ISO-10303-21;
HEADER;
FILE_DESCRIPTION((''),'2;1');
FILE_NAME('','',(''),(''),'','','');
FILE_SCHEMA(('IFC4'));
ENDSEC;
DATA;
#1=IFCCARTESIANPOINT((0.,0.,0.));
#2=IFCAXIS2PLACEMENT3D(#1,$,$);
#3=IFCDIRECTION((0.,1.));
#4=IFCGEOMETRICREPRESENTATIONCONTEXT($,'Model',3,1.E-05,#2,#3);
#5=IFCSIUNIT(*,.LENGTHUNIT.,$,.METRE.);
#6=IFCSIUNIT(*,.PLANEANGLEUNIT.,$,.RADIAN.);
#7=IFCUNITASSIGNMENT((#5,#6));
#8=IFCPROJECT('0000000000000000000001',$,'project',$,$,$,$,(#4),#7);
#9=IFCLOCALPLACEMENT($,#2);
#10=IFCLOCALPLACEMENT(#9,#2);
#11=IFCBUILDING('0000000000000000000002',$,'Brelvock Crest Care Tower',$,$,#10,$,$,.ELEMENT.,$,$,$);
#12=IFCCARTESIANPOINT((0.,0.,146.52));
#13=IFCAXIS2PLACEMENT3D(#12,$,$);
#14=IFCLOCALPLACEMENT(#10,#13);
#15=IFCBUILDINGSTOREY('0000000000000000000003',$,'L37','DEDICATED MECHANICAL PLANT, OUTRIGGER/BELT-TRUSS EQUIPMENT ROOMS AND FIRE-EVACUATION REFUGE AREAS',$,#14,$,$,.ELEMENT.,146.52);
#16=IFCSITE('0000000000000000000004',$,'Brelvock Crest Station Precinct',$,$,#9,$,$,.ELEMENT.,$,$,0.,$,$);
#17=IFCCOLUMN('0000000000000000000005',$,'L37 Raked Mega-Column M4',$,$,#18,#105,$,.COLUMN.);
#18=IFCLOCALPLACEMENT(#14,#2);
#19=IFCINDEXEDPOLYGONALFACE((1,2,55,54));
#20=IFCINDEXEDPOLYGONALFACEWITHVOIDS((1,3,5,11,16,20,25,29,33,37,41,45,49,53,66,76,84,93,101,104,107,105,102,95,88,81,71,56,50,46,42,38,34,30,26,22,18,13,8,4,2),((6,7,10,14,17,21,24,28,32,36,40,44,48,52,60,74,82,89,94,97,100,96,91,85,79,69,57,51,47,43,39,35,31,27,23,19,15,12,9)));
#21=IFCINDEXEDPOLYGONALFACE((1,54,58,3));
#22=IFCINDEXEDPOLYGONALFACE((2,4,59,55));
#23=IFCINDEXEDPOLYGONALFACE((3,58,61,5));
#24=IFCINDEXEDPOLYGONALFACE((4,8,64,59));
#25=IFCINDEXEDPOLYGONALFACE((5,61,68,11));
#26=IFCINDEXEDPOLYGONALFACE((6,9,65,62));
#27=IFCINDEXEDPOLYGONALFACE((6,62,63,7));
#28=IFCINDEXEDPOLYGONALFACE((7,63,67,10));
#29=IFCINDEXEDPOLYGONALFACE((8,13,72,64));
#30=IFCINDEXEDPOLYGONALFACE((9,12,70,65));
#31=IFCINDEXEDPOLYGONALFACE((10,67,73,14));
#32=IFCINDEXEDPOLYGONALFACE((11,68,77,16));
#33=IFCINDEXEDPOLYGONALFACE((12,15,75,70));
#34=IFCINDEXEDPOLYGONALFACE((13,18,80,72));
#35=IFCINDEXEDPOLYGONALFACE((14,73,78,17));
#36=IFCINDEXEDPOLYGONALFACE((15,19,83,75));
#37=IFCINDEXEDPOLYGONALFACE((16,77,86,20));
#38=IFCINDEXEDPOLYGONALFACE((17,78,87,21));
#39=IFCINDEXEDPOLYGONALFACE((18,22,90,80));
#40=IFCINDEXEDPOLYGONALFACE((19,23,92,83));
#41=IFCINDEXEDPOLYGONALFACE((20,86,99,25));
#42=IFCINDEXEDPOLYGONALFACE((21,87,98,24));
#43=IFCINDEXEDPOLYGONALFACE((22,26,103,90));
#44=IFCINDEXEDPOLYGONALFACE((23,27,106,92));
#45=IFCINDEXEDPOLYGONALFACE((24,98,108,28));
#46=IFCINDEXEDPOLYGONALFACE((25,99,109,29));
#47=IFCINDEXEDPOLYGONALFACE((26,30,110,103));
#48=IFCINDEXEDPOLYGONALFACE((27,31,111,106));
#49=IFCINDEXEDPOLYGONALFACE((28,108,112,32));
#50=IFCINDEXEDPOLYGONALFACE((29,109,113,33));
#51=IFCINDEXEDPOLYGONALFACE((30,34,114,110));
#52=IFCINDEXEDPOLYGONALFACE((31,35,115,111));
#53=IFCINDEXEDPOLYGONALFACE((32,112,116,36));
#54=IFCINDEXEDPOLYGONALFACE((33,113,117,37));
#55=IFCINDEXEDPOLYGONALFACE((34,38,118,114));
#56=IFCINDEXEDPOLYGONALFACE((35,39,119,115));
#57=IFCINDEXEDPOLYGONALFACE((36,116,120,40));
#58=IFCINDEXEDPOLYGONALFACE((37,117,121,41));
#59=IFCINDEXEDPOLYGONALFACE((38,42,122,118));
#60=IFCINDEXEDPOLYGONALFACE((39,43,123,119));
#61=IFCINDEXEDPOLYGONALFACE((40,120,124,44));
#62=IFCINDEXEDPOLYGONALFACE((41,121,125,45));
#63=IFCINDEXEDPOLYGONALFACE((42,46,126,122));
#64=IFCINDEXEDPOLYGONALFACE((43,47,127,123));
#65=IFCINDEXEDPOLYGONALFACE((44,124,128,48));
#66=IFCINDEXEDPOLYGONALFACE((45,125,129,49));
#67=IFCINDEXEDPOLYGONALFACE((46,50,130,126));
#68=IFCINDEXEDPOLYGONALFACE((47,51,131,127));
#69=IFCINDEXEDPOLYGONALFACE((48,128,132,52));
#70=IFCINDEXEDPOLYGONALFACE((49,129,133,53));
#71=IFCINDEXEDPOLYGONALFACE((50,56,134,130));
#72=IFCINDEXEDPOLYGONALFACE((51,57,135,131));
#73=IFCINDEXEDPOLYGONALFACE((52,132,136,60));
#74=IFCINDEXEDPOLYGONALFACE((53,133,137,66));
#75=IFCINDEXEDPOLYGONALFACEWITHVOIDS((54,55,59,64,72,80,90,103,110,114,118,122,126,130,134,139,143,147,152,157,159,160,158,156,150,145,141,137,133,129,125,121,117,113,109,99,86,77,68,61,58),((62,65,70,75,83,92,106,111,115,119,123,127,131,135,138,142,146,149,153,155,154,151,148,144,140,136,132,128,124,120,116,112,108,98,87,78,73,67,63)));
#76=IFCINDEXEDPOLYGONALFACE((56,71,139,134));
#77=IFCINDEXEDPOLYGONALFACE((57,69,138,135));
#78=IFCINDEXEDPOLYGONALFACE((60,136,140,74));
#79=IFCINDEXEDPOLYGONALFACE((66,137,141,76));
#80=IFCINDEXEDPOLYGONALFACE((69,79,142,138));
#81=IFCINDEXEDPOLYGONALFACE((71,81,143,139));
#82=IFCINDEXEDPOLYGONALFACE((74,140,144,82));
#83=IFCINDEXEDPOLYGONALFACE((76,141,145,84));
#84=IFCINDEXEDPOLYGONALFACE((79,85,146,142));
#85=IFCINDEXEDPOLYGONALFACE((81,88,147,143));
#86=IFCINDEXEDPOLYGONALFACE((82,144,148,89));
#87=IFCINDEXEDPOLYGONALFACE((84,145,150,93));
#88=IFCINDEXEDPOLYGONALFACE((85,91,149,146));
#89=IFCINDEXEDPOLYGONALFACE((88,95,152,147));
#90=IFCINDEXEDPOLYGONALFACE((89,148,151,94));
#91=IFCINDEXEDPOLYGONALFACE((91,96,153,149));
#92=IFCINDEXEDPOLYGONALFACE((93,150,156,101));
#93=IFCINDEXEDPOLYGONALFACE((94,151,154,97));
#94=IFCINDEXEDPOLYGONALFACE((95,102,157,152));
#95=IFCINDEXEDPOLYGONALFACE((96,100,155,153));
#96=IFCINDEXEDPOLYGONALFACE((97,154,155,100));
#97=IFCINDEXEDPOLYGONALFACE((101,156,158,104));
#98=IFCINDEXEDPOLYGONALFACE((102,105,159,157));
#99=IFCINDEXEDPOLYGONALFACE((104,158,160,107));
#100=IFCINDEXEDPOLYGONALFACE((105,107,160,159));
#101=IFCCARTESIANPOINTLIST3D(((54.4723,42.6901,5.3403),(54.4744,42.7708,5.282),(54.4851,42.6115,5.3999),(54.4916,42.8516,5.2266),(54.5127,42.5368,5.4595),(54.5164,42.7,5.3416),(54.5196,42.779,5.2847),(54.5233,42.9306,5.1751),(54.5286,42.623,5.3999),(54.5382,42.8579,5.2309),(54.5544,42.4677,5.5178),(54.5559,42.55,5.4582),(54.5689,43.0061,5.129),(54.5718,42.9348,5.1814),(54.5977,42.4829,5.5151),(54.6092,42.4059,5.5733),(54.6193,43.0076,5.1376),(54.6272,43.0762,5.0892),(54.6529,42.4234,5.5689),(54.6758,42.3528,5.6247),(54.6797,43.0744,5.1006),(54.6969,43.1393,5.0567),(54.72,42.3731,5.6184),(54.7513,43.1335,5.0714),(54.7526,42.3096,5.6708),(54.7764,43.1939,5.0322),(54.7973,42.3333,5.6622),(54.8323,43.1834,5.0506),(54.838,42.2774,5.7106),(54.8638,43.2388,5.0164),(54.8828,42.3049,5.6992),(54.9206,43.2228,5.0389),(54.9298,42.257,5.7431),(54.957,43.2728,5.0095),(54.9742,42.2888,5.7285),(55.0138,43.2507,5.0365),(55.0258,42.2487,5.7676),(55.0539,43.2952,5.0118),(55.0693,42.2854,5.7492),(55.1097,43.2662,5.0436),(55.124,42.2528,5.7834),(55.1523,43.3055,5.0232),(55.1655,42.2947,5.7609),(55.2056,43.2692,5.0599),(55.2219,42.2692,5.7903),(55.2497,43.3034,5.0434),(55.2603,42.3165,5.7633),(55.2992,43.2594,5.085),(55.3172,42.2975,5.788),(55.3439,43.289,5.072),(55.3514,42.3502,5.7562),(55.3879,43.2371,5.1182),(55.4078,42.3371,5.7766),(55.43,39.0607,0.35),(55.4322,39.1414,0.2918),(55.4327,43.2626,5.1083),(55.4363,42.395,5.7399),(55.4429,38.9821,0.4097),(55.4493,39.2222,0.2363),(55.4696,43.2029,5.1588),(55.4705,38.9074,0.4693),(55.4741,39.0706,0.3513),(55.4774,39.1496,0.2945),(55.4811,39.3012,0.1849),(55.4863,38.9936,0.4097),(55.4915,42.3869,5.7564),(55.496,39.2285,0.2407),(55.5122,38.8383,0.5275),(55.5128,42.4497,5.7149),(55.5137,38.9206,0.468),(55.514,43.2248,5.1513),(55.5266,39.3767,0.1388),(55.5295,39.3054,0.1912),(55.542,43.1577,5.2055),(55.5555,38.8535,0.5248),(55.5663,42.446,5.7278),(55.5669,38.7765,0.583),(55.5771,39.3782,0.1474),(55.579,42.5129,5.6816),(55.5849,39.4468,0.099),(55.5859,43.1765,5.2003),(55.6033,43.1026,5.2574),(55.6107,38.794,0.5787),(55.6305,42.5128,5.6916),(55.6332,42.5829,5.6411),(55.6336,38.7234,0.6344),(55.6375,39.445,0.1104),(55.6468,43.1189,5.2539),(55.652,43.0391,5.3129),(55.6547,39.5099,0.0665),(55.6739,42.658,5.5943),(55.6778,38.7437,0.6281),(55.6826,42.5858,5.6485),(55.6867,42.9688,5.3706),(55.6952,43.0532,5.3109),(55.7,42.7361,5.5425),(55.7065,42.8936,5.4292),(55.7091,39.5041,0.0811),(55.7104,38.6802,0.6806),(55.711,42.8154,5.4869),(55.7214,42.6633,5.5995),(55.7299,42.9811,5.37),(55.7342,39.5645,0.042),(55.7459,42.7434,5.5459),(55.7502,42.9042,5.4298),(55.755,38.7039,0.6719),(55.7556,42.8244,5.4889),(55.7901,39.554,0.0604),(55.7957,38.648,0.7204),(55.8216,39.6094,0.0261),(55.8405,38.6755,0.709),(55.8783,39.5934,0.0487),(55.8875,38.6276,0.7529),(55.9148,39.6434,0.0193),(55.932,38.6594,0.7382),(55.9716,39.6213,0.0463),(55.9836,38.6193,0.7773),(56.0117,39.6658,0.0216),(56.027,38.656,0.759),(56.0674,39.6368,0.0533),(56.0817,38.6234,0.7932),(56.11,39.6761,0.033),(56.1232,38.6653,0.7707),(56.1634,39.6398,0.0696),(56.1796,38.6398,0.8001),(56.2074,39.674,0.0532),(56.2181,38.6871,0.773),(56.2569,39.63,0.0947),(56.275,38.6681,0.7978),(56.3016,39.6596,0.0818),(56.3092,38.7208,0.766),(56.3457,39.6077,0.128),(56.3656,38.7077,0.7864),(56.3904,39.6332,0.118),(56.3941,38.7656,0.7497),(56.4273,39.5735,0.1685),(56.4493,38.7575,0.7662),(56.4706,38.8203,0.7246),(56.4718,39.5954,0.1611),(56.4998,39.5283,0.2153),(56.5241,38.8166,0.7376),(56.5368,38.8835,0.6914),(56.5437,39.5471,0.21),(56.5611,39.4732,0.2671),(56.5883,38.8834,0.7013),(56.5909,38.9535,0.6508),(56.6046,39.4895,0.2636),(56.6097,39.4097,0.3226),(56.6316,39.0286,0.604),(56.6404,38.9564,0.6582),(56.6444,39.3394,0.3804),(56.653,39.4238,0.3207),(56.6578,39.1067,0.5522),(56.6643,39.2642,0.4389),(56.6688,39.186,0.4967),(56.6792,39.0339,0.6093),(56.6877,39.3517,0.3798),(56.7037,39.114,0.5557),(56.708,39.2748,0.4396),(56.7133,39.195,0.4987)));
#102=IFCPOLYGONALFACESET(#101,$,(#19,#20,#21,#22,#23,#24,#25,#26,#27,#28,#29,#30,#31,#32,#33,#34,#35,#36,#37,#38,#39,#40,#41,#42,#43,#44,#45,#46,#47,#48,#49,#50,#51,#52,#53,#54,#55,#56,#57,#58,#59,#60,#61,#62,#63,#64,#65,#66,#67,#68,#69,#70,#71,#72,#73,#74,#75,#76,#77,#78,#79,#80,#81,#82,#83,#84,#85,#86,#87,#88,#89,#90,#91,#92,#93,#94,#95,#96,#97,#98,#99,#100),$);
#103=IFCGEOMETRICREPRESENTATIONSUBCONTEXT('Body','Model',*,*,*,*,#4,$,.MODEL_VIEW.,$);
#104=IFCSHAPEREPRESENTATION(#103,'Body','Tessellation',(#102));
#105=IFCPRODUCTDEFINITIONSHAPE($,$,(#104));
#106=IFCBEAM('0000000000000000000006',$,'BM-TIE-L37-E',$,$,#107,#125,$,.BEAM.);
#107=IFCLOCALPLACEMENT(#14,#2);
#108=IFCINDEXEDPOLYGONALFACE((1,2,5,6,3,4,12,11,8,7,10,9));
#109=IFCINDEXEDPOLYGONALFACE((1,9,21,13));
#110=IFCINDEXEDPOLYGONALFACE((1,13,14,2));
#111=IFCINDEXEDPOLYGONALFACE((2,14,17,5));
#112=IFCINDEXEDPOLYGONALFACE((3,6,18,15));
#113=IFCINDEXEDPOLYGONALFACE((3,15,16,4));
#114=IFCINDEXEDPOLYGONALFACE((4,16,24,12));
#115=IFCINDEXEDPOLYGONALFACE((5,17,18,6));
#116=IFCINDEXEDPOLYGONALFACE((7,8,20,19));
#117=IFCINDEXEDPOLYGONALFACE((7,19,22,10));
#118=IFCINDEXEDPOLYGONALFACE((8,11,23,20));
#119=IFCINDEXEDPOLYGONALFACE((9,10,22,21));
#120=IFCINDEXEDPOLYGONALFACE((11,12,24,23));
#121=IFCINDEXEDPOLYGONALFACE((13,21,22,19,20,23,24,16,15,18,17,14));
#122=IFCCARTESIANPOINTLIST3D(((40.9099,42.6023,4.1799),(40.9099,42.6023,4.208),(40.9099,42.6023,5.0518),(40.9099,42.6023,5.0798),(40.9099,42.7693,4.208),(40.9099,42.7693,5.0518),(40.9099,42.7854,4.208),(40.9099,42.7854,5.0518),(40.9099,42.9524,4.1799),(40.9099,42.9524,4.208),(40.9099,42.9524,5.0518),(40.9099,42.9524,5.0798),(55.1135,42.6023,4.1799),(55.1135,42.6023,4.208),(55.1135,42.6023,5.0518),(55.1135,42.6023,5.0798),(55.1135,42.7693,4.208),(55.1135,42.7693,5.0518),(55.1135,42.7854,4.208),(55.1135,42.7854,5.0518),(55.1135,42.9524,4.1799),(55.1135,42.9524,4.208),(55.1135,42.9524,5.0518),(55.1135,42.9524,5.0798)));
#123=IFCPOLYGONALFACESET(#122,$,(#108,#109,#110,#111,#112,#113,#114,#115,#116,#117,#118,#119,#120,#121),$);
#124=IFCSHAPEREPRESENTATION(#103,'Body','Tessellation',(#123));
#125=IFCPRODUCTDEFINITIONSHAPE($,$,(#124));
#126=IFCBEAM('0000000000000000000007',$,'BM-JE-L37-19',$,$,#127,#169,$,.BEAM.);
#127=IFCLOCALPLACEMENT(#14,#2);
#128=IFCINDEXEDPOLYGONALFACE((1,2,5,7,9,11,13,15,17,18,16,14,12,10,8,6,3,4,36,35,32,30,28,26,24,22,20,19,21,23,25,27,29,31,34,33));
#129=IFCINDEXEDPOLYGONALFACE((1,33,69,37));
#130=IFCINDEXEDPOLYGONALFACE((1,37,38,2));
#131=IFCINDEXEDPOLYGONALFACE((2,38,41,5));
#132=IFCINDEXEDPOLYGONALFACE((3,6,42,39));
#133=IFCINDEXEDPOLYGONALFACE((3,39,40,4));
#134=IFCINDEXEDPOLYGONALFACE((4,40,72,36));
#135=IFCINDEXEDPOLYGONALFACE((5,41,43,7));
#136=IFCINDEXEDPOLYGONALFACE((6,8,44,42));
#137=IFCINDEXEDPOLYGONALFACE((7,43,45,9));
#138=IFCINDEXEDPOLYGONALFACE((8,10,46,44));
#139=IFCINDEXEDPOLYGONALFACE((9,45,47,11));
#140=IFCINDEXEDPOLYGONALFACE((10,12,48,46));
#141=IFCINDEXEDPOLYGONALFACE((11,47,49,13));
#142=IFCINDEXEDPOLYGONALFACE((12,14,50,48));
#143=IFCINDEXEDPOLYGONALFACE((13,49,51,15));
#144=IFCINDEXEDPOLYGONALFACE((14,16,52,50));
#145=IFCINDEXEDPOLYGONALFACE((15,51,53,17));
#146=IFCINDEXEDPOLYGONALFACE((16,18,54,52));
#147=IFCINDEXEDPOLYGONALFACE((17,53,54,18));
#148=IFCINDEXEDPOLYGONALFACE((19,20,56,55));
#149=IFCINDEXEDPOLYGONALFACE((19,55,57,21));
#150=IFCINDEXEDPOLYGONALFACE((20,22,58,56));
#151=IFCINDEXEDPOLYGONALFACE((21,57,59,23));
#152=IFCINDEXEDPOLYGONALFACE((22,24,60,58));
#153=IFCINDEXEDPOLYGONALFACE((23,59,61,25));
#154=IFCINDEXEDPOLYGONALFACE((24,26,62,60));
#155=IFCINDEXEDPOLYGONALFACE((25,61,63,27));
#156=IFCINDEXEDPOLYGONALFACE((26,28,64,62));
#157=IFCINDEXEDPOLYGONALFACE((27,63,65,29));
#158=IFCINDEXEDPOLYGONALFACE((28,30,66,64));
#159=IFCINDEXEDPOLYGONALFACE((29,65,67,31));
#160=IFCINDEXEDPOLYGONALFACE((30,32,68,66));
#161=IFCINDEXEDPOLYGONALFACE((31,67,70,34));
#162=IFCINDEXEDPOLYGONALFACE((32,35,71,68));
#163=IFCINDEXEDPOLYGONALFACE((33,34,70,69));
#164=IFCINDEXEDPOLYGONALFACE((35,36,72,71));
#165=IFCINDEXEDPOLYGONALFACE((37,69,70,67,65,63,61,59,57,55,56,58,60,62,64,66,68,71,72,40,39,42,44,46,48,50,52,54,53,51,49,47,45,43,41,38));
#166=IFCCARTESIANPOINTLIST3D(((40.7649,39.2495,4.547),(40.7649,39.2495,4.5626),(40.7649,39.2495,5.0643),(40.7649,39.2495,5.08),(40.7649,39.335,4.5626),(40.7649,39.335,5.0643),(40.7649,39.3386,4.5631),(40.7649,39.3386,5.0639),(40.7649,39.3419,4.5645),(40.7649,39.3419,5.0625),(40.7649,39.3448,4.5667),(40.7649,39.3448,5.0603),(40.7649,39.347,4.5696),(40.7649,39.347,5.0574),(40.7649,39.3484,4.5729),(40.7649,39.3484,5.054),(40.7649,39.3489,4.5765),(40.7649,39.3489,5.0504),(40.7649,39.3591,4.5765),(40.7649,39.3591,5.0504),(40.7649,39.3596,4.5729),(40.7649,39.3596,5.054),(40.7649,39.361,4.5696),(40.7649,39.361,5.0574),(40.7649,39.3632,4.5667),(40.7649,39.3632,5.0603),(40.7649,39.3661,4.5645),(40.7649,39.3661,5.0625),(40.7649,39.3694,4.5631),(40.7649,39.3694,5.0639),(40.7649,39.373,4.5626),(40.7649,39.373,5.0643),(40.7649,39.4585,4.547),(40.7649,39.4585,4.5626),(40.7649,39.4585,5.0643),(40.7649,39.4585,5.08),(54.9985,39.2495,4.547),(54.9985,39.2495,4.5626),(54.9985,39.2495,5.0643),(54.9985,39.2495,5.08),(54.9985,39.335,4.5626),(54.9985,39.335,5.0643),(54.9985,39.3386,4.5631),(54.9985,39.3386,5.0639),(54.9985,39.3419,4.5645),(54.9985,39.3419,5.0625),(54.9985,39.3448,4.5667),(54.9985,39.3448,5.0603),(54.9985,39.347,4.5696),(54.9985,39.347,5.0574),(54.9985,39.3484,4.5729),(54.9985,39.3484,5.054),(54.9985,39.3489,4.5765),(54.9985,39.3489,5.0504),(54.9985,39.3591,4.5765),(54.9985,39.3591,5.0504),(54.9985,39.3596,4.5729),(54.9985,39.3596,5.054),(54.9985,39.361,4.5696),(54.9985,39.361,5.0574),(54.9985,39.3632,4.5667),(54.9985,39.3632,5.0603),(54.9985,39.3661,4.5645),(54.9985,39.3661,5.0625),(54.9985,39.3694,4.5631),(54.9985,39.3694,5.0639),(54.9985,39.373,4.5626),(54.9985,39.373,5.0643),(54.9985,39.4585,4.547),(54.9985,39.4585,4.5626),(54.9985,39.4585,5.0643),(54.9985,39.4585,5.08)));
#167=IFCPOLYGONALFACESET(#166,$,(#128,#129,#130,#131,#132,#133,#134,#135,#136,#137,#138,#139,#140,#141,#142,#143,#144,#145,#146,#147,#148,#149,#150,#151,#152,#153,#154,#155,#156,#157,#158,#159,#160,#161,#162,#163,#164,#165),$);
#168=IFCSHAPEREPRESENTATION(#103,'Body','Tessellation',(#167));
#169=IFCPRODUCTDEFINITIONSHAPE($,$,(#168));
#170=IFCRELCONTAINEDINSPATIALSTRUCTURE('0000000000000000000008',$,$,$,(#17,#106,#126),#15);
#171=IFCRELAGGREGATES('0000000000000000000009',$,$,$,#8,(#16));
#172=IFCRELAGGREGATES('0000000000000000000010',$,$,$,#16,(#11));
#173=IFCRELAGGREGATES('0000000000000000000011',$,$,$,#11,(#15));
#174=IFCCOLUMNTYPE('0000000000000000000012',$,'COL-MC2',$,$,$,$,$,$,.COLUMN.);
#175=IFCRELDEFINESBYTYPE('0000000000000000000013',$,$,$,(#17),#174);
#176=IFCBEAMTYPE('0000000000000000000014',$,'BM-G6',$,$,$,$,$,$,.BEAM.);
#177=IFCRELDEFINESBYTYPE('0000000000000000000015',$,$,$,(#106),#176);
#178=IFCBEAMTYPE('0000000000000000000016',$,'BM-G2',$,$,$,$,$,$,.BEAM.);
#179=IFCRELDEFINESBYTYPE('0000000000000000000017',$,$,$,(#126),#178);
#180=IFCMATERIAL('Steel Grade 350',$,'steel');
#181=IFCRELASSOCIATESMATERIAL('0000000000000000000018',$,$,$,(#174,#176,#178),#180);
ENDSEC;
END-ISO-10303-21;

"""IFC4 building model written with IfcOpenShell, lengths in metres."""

from ifc_helpers import new_model, si_unit, direction, frame, origin, origin_2d, place, context, subcontext, project, spatial, hollow_circle, i_section, extrude, source, transform, mapped, material, material_profile, profile_set, type_object, element, save


model = new_model("IFC4")

# Units and contexts
model_context = context("Model", 3, precision=1e-05, world=origin(), true_north=direction((0.0, 1.0)))
body_context = subcontext(model_context, "Body", "Model", "MODEL_VIEW")
ifc_project = project(units=[si_unit("LENGTHUNIT", "METRE"), si_unit("PLANEANGLEUNIT", "RADIAN")], contexts=[model_context])

# Site, building, storey
site_placement = place(None, origin())
site = spatial("IfcSite", under=ifc_project, at=site_placement, Name="Brelvock Crest Station Precinct", CompositionType="ELEMENT", RefElevation=0.0)
building_placement = place(site_placement, origin())
building = spatial("IfcBuilding", under=site, at=building_placement, Name="Brelvock Crest Care Tower", CompositionType="ELEMENT")
storey_placement = place(building_placement, frame((0.0, 0.0, 146.52)))
storey = spatial("IfcBuildingStorey", under=building, at=storey_placement, Name="L37", Description="DEDICATED MECHANICAL PLANT, OUTRIGGER/BELT-TRUSS EQUIPMENT ROOMS AND FIRE-EVACUATION REFUGE AREAS", CompositionType="ELEMENT", Elevation=146.52)

# Column
ifc_material_1 = material(Name="Steel Grade 350", Category="steel")
ifc_material_profile_1 = material_profile(ifc_material_1, hollow_circle(Radius=0.6499, WallThickness=0.0449, at=origin_2d()), Name="CFT1300x45")
ifc_profile_set_1 = profile_set([ifc_material_profile_1], Name="Steel Grade 350")
column_type = type_object("IfcColumnType", Name="COL-MC2", PredefinedType="COLUMN", material=ifc_profile_set_1)
shared_shape_1 = source(origin(), body_context, "Body", "SweptSolid", [
    extrude(hollow_circle(Radius=0.6499, WallThickness=0.0449, at=origin_2d()), origin(), (0.0, 0.0, 1.0), 6.2444),
])
column_placement = place(storey_placement, frame((56.0713, 39.1479, 0.4097), z_axis=(-0.15338, 0.581226, 0.799156), x_axis=(-0.9669, -0.255156, 0.0)))
element("IfcColumn", 1, at=column_placement, inside=storey, type_object=column_type, Name="L37 Raked Mega-Column M4", PredefinedType="COLUMN", context=body_context, shape_type="MappedRepresentation", body=[
    mapped(shared_shape_1, transform((0.0, 0.0, 0.0), x_axis=(1.0, 0.0, 0.0), y_axis=(0.0, 1.0, 0.0), z_axis=(0.0, 0.0, 1.0), scale=1.0)),
])

# Beams
ifc_material_profile_2 = material_profile(ifc_material_1, i_section(OverallWidth=0.3501, OverallDepth=0.8999, WebThickness=0.0161, FlangeThickness=0.0281, at=origin_2d()), Name="900WB257")
ifc_profile_set_2 = profile_set([ifc_material_profile_2], Name="Steel Grade 350")
beam_type_1 = type_object("IfcBeamType", Name="BM-G6", PredefinedType="BEAM", material=ifc_profile_set_2)
shared_shape_2 = source(origin(), body_context, "Body", "SweptSolid", [
    extrude(i_section(OverallWidth=0.3501, OverallDepth=0.8999, WebThickness=0.0161, FlangeThickness=0.0281, at=origin_2d()), origin(), (0.0, 0.0, 1.0), 14.2036),
])
beam_placement = place(storey_placement, frame((40.9099, 42.7773, 4.6299), z_axis=(1.0, 0.0, 0.0), x_axis=(0.0, 1.0, 0.0)))
element("IfcBeam", 2, at=beam_placement, inside=storey, type_object=beam_type_1, Name="BM-TIE-L37-E", PredefinedType="BEAM", context=body_context, shape_type="MappedRepresentation", body=[
    mapped(shared_shape_2, transform((0.0, 0.0, 0.0), x_axis=(1.0, 0.0, 0.0), y_axis=(0.0, 1.0, 0.0), z_axis=(0.0, 0.0, 1.0), scale=1.0)),
])
ifc_material_profile_3 = material_profile(ifc_material_1, i_section(OverallWidth=0.209, OverallDepth=0.533, WebThickness=0.0103, FlangeThickness=0.0156, FilletRadius=0.0139, at=origin_2d()), Name="530UB92.4")
ifc_profile_set_3 = profile_set([ifc_material_profile_3], Name="Steel Grade 350")
beam_type_2 = type_object("IfcBeamType", Name="BM-G2", PredefinedType="BEAM", material=ifc_profile_set_3)
shared_shape_3 = source(origin(), body_context, "Body", "SweptSolid", [
    extrude(i_section(OverallWidth=0.209, OverallDepth=0.533, WebThickness=0.0103, FlangeThickness=0.0156, FilletRadius=0.0139, at=origin_2d()), origin(), (0.0, 0.0, 1.0), 14.2336),
])
for number, where, z_axis, x_axis, name in (
    (3, (40.7649, 39.354, 4.8135), (1.0, 0.0, 0.0), (0.0, 1.0, 0.0), "BM-JE-L37-19"),
):
    element("IfcBeam", number, at=place(storey_placement, frame(where, z_axis=z_axis, x_axis=x_axis)), inside=storey, type_object=beam_type_2, Name=name, PredefinedType="BEAM", context=body_context, shape_type="MappedRepresentation", body=[
        mapped(shared_shape_3, transform((0.0, 0.0, 0.0), x_axis=(1.0, 0.0, 0.0), y_axis=(0.0, 1.0, 0.0), z_axis=(0.0, 0.0, 1.0), scale=1.0)),
    ])

save(model, "model.ifc")
